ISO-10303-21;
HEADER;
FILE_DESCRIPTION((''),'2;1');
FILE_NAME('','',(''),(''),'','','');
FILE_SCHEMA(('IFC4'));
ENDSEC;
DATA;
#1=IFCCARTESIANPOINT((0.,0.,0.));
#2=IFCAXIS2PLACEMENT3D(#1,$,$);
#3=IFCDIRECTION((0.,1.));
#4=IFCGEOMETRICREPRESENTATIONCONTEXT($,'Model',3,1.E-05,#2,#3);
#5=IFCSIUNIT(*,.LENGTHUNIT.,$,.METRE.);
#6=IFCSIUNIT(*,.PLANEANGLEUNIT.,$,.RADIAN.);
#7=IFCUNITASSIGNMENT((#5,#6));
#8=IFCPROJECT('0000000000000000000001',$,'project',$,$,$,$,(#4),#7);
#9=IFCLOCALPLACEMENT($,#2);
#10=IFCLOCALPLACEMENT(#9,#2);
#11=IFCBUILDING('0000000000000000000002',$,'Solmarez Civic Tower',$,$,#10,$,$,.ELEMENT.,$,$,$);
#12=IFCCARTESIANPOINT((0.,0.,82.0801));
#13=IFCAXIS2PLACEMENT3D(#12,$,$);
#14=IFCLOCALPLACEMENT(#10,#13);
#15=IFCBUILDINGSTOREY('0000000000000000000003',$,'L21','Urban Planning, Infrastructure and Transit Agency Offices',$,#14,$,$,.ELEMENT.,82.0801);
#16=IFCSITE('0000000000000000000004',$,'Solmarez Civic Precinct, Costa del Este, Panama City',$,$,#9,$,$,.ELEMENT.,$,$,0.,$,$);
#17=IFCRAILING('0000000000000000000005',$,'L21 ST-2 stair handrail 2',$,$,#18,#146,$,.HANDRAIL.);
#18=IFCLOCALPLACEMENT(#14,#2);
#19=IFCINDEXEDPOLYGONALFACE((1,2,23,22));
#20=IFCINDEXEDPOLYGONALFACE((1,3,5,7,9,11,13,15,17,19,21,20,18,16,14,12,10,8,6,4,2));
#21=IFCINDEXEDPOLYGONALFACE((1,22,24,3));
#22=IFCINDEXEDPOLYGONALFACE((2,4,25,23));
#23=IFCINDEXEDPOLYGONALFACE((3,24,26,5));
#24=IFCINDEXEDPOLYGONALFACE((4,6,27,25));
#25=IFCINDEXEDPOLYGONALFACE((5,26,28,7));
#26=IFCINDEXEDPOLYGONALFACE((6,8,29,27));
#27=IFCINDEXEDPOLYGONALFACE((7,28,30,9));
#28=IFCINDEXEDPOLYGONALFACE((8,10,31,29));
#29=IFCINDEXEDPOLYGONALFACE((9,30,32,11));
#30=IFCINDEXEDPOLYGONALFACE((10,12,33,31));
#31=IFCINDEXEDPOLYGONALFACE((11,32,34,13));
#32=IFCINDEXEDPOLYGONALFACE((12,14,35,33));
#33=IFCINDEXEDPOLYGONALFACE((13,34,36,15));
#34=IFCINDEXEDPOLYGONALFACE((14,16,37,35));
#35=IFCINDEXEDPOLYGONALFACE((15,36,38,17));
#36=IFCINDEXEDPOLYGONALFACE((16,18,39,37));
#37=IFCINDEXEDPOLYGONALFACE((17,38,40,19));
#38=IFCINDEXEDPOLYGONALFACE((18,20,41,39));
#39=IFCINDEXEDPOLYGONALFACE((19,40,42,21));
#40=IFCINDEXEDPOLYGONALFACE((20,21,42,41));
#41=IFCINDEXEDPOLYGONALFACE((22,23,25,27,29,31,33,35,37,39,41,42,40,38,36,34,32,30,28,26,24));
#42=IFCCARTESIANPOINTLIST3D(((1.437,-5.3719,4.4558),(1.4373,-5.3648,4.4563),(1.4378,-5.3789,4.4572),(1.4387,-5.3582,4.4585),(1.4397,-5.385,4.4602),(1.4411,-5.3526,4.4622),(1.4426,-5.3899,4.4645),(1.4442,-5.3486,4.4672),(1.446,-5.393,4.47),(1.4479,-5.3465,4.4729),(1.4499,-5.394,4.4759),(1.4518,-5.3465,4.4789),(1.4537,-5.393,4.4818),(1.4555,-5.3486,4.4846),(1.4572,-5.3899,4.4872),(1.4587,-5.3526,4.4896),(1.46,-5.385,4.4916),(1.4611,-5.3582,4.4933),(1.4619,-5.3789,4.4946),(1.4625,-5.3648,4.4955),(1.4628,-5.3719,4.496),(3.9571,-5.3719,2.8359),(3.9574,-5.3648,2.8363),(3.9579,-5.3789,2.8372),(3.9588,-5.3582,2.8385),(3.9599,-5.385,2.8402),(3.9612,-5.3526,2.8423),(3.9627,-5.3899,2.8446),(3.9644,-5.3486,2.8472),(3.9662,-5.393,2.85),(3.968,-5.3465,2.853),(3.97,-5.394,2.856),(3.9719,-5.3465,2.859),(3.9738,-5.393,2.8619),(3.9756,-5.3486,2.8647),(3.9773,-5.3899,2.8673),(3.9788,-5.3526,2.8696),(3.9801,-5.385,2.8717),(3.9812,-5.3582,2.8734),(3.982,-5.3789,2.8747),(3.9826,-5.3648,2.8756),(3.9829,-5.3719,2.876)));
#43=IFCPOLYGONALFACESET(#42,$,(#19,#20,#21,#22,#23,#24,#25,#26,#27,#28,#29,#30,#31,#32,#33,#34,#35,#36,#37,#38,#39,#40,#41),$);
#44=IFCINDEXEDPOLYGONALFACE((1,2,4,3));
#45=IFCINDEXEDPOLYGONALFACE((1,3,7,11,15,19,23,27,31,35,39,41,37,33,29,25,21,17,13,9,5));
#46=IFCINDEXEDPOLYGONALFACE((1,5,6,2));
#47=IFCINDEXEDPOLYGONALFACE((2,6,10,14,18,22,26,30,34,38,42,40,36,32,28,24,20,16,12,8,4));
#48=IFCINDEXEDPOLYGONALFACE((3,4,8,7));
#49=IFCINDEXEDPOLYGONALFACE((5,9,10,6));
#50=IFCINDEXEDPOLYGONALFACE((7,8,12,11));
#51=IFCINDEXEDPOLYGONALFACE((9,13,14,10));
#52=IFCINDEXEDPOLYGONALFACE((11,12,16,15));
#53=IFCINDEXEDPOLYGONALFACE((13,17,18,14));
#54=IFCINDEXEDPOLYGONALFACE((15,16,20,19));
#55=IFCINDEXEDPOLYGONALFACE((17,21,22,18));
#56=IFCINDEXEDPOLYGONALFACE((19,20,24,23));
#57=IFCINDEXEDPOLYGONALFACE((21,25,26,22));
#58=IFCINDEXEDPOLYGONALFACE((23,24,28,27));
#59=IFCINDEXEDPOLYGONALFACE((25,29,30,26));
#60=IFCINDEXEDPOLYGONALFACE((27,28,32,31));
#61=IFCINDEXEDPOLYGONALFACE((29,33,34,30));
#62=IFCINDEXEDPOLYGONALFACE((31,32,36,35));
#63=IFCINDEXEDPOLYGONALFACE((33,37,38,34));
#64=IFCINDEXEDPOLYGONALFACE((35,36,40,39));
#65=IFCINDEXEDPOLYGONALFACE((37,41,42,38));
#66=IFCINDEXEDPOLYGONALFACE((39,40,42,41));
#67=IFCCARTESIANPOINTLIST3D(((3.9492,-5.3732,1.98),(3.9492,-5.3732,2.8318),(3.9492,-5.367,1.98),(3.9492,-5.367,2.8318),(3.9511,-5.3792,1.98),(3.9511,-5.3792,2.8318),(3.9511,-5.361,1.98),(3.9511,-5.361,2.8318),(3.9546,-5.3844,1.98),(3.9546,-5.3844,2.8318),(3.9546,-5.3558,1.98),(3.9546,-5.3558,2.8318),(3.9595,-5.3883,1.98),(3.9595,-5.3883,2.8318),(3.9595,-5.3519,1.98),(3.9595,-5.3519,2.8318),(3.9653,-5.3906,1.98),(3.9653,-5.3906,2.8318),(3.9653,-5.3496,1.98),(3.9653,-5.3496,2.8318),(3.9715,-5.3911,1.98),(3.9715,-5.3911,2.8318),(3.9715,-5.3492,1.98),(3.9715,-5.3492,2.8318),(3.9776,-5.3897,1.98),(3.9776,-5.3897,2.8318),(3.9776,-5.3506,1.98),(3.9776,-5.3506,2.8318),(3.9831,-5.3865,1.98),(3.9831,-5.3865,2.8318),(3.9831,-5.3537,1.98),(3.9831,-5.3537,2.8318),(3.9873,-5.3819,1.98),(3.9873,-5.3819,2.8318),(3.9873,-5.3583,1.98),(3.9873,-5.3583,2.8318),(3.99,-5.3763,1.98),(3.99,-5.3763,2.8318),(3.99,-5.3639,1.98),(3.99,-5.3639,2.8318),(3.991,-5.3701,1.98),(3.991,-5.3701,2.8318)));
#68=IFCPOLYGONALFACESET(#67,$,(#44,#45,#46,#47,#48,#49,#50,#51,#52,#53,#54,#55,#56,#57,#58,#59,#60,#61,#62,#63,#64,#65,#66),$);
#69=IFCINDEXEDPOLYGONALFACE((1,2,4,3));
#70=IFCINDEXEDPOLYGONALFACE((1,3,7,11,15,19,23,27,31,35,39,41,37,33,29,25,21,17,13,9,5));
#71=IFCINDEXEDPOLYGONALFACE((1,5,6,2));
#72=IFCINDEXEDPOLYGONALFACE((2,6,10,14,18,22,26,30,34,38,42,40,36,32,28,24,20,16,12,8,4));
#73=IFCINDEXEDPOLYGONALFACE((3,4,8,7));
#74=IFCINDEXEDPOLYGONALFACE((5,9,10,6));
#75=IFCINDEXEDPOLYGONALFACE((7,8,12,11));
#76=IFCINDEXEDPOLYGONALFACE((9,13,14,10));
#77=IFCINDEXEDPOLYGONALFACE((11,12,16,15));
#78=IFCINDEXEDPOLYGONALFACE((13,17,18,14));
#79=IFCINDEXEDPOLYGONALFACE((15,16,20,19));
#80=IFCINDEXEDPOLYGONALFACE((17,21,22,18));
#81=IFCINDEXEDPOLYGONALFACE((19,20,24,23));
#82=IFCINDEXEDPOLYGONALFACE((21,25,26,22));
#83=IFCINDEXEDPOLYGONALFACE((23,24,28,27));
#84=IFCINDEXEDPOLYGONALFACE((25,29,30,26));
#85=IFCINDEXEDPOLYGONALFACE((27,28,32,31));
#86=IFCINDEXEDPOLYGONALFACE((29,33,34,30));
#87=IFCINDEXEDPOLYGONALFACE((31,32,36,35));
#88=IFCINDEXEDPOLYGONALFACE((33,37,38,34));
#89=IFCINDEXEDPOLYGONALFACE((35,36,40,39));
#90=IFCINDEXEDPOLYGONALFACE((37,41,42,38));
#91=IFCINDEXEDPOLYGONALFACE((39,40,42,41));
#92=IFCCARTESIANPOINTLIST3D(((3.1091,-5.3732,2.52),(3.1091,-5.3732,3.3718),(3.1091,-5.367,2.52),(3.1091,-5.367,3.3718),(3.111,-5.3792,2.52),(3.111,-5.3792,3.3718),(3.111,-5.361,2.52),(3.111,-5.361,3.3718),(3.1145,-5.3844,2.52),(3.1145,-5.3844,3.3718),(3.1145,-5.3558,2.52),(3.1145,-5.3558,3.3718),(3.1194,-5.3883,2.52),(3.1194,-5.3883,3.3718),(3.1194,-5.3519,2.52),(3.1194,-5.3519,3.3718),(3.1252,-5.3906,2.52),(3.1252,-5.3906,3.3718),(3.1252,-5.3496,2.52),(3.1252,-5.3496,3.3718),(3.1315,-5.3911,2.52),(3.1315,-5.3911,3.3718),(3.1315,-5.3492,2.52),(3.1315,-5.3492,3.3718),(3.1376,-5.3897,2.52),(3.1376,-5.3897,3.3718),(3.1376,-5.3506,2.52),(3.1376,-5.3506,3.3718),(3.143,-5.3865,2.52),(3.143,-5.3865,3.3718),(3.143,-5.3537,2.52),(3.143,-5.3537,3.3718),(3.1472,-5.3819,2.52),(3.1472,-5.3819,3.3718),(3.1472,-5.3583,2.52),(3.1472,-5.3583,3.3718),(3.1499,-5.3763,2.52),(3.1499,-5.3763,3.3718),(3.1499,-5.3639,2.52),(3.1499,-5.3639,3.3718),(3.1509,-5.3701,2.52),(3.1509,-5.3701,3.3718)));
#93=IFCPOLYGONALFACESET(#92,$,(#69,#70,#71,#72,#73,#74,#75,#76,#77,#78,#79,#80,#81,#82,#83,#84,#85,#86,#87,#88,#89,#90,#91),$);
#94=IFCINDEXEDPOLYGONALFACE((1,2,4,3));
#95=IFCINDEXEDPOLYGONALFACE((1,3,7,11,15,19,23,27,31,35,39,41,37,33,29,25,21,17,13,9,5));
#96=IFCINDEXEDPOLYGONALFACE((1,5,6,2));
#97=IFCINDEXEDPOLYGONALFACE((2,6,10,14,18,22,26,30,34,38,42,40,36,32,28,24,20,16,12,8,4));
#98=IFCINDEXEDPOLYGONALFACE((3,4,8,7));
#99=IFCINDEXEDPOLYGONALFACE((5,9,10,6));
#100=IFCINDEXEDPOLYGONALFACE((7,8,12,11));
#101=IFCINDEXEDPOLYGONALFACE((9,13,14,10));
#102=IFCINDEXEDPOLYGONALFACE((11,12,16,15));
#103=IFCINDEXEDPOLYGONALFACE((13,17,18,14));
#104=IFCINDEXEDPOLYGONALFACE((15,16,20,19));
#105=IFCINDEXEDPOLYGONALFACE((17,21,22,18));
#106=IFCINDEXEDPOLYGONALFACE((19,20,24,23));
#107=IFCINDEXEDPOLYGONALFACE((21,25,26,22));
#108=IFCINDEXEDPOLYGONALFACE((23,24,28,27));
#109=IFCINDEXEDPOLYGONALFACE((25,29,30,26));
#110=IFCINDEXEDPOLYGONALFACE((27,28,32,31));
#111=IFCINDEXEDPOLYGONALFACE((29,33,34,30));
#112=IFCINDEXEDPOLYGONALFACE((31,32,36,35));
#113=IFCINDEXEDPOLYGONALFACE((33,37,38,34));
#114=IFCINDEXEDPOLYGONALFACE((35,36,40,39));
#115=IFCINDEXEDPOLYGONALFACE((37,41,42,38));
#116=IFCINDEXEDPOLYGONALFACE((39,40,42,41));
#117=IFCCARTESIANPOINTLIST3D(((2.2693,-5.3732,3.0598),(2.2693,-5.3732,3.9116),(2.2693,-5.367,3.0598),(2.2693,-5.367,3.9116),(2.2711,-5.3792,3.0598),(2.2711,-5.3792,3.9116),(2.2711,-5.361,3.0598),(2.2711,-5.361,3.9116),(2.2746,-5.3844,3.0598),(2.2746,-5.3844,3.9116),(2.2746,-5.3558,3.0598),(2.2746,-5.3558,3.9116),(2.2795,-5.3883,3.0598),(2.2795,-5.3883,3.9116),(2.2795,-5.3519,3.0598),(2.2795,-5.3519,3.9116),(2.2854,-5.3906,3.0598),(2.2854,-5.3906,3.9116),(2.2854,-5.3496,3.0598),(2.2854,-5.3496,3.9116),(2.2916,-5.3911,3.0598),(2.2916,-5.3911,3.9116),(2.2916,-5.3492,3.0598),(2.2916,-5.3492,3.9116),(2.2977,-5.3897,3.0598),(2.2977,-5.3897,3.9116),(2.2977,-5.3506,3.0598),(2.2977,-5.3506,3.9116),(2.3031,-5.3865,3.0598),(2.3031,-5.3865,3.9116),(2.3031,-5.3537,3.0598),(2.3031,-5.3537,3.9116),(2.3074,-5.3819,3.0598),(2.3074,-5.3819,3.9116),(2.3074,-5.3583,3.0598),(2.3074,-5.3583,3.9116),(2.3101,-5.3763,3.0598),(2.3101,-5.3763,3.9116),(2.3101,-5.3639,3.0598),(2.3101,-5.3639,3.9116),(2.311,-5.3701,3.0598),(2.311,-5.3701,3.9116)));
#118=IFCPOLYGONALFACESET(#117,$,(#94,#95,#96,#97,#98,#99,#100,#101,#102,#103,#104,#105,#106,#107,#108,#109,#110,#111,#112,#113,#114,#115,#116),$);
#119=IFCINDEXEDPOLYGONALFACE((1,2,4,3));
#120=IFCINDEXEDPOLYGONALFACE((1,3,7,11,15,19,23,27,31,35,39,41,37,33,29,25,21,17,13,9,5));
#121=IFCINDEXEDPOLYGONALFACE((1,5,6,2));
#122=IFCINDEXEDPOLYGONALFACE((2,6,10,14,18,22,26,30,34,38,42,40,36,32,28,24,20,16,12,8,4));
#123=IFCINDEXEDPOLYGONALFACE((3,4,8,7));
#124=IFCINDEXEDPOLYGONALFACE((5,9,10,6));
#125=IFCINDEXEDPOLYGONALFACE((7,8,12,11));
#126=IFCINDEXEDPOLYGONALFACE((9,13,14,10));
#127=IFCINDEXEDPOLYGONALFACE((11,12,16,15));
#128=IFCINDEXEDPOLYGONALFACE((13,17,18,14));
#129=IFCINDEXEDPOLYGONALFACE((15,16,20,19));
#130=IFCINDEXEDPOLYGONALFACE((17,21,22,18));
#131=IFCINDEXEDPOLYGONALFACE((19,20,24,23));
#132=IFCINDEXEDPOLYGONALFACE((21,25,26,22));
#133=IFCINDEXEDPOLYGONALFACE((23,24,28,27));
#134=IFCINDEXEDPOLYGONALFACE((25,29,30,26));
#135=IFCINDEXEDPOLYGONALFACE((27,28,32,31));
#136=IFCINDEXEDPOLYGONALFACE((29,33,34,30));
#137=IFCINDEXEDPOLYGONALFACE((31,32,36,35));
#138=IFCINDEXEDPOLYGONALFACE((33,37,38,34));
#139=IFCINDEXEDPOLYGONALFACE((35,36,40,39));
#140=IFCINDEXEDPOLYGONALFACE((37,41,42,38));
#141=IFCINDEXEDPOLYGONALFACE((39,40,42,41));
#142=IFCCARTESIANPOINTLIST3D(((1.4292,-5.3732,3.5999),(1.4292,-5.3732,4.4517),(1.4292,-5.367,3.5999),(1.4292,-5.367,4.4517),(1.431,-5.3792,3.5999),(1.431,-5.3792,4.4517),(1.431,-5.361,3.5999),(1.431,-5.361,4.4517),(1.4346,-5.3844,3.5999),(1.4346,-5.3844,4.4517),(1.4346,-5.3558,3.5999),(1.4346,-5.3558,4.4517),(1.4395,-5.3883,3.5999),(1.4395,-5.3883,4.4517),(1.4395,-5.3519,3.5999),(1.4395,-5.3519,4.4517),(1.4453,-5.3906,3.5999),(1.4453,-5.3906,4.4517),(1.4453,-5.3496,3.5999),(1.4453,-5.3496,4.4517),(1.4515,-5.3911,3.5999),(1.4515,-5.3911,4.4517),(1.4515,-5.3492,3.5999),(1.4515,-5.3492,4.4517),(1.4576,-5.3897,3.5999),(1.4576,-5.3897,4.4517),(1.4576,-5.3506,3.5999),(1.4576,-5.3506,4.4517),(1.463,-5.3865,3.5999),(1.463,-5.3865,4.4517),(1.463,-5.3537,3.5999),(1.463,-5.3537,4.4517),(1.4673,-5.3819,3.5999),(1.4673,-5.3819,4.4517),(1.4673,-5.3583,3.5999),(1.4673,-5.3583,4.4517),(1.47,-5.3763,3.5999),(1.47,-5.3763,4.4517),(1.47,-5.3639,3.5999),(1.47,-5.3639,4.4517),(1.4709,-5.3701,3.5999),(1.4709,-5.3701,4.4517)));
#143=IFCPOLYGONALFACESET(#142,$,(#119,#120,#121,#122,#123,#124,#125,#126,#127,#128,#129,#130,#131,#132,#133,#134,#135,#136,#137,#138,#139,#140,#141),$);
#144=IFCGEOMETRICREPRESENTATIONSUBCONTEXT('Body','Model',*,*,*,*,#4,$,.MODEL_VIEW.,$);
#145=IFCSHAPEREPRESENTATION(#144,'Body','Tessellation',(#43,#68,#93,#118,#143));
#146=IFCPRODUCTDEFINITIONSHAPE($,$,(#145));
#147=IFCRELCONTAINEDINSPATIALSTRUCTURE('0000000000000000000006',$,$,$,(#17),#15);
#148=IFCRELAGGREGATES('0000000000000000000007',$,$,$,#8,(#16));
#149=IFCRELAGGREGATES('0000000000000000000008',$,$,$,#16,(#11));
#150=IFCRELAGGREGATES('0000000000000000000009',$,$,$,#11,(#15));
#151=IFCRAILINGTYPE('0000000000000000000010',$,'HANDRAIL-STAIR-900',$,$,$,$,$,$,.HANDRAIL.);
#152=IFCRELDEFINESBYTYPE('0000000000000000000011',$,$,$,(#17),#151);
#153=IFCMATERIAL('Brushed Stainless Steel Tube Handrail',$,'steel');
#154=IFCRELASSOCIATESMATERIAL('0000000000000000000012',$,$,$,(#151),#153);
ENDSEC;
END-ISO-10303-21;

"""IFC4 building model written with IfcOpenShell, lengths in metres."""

from ifc_helpers import new_model, si_unit, direction, frame, origin, origin_2d, place, context, subcontext, project, spatial, circle, extrude, material, type_object, element, save


model = new_model("IFC4")

# Units and contexts
model_context = context("Model", 3, precision=1e-05, world=origin(), true_north=direction((0.0, 1.0)))
body_context = subcontext(model_context, "Body", "Model", "MODEL_VIEW")
ifc_project = project(units=[si_unit("LENGTHUNIT", "METRE"), si_unit("PLANEANGLEUNIT", "RADIAN")], contexts=[model_context])

# Site, building, storey
site_placement = place(None, origin())
site = spatial("IfcSite", under=ifc_project, at=site_placement, Name="Solmarez Civic Precinct, Costa del Este, Panama City", CompositionType="ELEMENT", RefElevation=0.0)
building_placement = place(site_placement, origin())
building = spatial("IfcBuilding", under=site, at=building_placement, Name="Solmarez Civic Tower", CompositionType="ELEMENT")
storey_placement = place(building_placement, frame((0.0, 0.0, 82.0801)))
storey = spatial("IfcBuildingStorey", under=building, at=storey_placement, Name="L21", Description="Urban Planning, Infrastructure and Transit Agency Offices", CompositionType="ELEMENT", Elevation=82.0801)

# Railing
ifc_material_1 = material(Name="Brushed Stainless Steel Tube Handrail", Category="steel")
railing_type_1 = type_object("IfcRailingType", Name="HANDRAIL-STAIR-900", PredefinedType="HANDRAIL", material=ifc_material_1)
railing_1_placement = place(storey_placement, frame((3.97, -5.3701, 1.98)))
element("IfcRailing", 1, at=railing_1_placement, inside=storey, type_object=railing_type_1, Name="L21 ST-2 stair handrail 2", PredefinedType="HANDRAIL", context=body_context, shape_type="SweptSolid", body=[
    extrude(circle(Radius=0.0239, at=origin_2d()), frame((0.0, 0.0, 0.876), z_axis=(-0.8412, 0.0, 0.540725), x_axis=(0.0, -1.0, 0.0)), (0.0, 0.0, 1.0), 2.9958),
    extrude(circle(Radius=0.021, at=origin_2d()), origin(), (0.0, 0.0, 1.0), 0.8518),
    extrude(circle(Radius=0.021, at=origin_2d()), frame((-0.8401, 0.0, 0.54)), (0.0, 0.0, 1.0), 0.8518),
    extrude(circle(Radius=0.021, at=origin_2d()), frame((-1.6799, 0.0, 1.0798)), (0.0, 0.0, 1.0), 0.8518),
    extrude(circle(Radius=0.021, at=origin_2d()), frame((-2.52, 0.0, 1.6199)), (0.0, 0.0, 1.0), 0.8518),
])

save(model, "model.ifc")
